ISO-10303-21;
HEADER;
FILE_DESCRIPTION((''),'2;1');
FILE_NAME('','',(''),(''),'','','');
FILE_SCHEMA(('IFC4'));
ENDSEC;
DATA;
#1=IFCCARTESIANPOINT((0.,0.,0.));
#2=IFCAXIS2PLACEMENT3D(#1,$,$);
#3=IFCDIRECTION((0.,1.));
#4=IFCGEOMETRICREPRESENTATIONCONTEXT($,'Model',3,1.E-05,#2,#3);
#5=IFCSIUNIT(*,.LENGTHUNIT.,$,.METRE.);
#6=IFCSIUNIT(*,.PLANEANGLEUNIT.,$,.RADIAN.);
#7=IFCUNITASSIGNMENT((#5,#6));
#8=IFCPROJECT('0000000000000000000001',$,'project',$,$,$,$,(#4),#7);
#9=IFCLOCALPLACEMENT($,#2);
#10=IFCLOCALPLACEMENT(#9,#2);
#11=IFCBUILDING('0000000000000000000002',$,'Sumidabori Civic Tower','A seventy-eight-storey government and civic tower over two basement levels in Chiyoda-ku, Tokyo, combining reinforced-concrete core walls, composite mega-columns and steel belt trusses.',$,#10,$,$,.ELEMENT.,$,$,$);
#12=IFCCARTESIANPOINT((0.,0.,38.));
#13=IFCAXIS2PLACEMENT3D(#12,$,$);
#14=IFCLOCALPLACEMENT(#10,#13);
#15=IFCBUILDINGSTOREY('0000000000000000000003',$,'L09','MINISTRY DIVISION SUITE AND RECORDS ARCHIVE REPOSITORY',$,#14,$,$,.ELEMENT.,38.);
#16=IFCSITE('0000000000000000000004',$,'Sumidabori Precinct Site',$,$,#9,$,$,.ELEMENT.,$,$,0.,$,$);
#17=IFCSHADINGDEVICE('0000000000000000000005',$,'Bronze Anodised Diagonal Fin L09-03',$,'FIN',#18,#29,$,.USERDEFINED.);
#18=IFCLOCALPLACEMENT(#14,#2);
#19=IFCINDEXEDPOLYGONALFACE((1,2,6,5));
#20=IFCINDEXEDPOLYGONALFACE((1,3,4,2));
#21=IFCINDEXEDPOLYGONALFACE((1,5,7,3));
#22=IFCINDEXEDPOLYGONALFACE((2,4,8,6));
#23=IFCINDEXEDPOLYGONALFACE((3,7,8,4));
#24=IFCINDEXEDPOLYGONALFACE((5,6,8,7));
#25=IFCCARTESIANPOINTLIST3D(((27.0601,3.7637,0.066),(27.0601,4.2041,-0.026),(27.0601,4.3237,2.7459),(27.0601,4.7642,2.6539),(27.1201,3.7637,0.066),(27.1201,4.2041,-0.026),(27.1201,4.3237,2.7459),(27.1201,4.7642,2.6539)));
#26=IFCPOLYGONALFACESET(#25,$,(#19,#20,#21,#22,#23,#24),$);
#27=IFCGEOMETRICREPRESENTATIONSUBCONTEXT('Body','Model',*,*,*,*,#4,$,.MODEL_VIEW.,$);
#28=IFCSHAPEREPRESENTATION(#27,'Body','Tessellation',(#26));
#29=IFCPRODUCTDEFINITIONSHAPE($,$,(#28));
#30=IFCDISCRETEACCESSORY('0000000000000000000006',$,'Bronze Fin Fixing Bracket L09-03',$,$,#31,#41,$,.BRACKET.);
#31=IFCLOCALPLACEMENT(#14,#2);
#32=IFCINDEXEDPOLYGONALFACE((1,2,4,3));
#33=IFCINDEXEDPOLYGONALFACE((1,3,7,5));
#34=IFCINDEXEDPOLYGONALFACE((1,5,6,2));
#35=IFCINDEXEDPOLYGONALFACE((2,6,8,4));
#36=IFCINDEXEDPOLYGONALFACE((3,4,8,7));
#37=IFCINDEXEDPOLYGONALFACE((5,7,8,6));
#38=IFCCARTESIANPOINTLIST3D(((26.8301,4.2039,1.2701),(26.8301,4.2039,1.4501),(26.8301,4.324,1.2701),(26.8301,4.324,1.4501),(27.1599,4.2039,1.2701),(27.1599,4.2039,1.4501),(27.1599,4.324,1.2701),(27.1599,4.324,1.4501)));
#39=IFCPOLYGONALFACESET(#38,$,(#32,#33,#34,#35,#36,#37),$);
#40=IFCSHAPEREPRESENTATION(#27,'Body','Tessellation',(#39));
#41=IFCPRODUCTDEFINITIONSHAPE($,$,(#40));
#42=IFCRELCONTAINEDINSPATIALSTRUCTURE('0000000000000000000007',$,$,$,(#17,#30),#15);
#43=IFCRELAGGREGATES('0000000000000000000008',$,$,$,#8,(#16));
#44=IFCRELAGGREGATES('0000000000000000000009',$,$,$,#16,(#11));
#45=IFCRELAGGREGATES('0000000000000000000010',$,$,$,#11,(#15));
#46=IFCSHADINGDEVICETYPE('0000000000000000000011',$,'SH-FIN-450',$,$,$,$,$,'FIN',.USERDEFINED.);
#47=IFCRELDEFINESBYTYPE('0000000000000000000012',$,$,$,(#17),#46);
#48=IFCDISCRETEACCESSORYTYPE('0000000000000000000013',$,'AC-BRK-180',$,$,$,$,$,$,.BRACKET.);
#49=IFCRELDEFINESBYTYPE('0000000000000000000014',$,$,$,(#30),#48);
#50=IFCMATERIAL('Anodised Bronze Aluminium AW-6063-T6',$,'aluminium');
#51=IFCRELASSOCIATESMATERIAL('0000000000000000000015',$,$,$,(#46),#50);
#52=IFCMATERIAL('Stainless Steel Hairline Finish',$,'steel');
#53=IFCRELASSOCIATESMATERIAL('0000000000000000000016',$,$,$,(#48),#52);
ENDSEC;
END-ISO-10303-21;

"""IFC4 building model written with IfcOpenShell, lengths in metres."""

from ifc_helpers import new_model, si_unit, direction, frame, origin, origin_2d, place, context, subcontext, project, spatial, rectangle, extrude, source, transform, mapped, material, material_profile, profile_set, type_object, element, save


model = new_model("IFC4")

# Units and contexts
model_context = context("Model", 3, precision=1e-05, world=origin(), true_north=direction((0.0, 1.0)))
body_context = subcontext(model_context, "Body", "Model", "MODEL_VIEW")
ifc_project = project(units=[si_unit("LENGTHUNIT", "METRE"), si_unit("PLANEANGLEUNIT", "RADIAN")], contexts=[model_context])

# Site, building, storey
site_placement = place(None, origin())
site = spatial("IfcSite", under=ifc_project, at=site_placement, Name="Sumidabori Precinct Site", CompositionType="ELEMENT", RefElevation=0.0)
building_placement = place(site_placement, origin())
building = spatial("IfcBuilding", under=site, at=building_placement, Name="Sumidabori Civic Tower", Description="A seventy-eight-storey government and civic tower over two basement levels in Chiyoda-ku, Tokyo, combining reinforced-concrete core walls, composite mega-columns and steel belt trusses.", CompositionType="ELEMENT")
storey_placement = place(building_placement, frame((0.0, 0.0, 38.0)))
storey = spatial("IfcBuildingStorey", under=building, at=storey_placement, Name="L09", Description="MINISTRY DIVISION SUITE AND RECORDS ARCHIVE REPOSITORY", CompositionType="ELEMENT", Elevation=38.0)

# Shared definitions
ifc_material_1 = material(Name="Anodised Bronze Aluminium AW-6063-T6", Category="aluminium")

# Shared definitions
ifc_material_2 = material(Name="Stainless Steel Hairline Finish", Category="steel")

# Shading device
ifc_material_profile_1 = material_profile(ifc_material_1, rectangle(XDim=0.0601, YDim=0.45, at=origin_2d()), Name="BRONZE FIN 450x60")
ifc_profile_set_1 = profile_set([ifc_material_profile_1], Name="Anodised Bronze Aluminium AW-6063-T6")
shading_device_type = type_object("IfcShadingDeviceType", Name="SH-FIN-450", ElementType="FIN", PredefinedType="USERDEFINED", material=ifc_profile_set_1)
shared_shape_1 = source(origin(), body_context, "Body", "SweptSolid", [
    extrude(rectangle(XDim=0.0601, YDim=0.45, at=origin_2d()), origin(), (0.0, 0.0, 1.0), 2.7378),
])
shading_device_placement = place(storey_placement, frame((27.0901, 3.9839, 0.02), z_axis=(0.0, 0.204563, 0.978853), x_axis=(-1.0, 0.0, 0.0)))
element("IfcShadingDevice", 1, at=shading_device_placement, inside=storey, type_object=shading_device_type, Name="Bronze Anodised Diagonal Fin L09-03", ObjectType="FIN", PredefinedType="USERDEFINED", context=body_context, shape_type="MappedRepresentation", body=[
    mapped(shared_shape_1, transform((0.0, 0.0, 0.0), x_axis=(1.0, 0.0, 0.0), y_axis=(0.0, 1.0, 0.0), z_axis=(0.0, 0.0, 1.0), scale=1.0)),
])

# Discrete accessory
ifc_material_profile_2 = material_profile(ifc_material_2, rectangle(XDim=0.1201, YDim=0.1799, at=origin_2d()), Name="STEEL BRACKET 180x120")
ifc_profile_set_2 = profile_set([ifc_material_profile_2], Name="Stainless Steel Hairline Finish")
discrete_accessory_type = type_object("IfcDiscreteAccessoryType", Name="AC-BRK-180", PredefinedType="BRACKET", material=ifc_profile_set_2)
shared_shape_2 = source(origin(), body_context, "Body", "SweptSolid", [
    extrude(rectangle(XDim=0.1201, YDim=0.1799, at=origin_2d()), origin(), (0.0, 0.0, 1.0), 0.3298),
])
discrete_accessory_placement = place(storey_placement, frame((26.8301, 4.2639, 1.3601), z_axis=(1.0, 0.0, 0.0), x_axis=(0.0, 1.0, 0.0)))
element("IfcDiscreteAccessory", 2, at=discrete_accessory_placement, inside=storey, type_object=discrete_accessory_type, Name="Bronze Fin Fixing Bracket L09-03", PredefinedType="BRACKET", context=body_context, shape_type="MappedRepresentation", body=[
    mapped(shared_shape_2, transform((0.0, 0.0, 0.0), x_axis=(1.0, 0.0, 0.0), y_axis=(0.0, 1.0, 0.0), z_axis=(0.0, 0.0, 1.0), scale=1.0)),
])

save(model, "model.ifc")
